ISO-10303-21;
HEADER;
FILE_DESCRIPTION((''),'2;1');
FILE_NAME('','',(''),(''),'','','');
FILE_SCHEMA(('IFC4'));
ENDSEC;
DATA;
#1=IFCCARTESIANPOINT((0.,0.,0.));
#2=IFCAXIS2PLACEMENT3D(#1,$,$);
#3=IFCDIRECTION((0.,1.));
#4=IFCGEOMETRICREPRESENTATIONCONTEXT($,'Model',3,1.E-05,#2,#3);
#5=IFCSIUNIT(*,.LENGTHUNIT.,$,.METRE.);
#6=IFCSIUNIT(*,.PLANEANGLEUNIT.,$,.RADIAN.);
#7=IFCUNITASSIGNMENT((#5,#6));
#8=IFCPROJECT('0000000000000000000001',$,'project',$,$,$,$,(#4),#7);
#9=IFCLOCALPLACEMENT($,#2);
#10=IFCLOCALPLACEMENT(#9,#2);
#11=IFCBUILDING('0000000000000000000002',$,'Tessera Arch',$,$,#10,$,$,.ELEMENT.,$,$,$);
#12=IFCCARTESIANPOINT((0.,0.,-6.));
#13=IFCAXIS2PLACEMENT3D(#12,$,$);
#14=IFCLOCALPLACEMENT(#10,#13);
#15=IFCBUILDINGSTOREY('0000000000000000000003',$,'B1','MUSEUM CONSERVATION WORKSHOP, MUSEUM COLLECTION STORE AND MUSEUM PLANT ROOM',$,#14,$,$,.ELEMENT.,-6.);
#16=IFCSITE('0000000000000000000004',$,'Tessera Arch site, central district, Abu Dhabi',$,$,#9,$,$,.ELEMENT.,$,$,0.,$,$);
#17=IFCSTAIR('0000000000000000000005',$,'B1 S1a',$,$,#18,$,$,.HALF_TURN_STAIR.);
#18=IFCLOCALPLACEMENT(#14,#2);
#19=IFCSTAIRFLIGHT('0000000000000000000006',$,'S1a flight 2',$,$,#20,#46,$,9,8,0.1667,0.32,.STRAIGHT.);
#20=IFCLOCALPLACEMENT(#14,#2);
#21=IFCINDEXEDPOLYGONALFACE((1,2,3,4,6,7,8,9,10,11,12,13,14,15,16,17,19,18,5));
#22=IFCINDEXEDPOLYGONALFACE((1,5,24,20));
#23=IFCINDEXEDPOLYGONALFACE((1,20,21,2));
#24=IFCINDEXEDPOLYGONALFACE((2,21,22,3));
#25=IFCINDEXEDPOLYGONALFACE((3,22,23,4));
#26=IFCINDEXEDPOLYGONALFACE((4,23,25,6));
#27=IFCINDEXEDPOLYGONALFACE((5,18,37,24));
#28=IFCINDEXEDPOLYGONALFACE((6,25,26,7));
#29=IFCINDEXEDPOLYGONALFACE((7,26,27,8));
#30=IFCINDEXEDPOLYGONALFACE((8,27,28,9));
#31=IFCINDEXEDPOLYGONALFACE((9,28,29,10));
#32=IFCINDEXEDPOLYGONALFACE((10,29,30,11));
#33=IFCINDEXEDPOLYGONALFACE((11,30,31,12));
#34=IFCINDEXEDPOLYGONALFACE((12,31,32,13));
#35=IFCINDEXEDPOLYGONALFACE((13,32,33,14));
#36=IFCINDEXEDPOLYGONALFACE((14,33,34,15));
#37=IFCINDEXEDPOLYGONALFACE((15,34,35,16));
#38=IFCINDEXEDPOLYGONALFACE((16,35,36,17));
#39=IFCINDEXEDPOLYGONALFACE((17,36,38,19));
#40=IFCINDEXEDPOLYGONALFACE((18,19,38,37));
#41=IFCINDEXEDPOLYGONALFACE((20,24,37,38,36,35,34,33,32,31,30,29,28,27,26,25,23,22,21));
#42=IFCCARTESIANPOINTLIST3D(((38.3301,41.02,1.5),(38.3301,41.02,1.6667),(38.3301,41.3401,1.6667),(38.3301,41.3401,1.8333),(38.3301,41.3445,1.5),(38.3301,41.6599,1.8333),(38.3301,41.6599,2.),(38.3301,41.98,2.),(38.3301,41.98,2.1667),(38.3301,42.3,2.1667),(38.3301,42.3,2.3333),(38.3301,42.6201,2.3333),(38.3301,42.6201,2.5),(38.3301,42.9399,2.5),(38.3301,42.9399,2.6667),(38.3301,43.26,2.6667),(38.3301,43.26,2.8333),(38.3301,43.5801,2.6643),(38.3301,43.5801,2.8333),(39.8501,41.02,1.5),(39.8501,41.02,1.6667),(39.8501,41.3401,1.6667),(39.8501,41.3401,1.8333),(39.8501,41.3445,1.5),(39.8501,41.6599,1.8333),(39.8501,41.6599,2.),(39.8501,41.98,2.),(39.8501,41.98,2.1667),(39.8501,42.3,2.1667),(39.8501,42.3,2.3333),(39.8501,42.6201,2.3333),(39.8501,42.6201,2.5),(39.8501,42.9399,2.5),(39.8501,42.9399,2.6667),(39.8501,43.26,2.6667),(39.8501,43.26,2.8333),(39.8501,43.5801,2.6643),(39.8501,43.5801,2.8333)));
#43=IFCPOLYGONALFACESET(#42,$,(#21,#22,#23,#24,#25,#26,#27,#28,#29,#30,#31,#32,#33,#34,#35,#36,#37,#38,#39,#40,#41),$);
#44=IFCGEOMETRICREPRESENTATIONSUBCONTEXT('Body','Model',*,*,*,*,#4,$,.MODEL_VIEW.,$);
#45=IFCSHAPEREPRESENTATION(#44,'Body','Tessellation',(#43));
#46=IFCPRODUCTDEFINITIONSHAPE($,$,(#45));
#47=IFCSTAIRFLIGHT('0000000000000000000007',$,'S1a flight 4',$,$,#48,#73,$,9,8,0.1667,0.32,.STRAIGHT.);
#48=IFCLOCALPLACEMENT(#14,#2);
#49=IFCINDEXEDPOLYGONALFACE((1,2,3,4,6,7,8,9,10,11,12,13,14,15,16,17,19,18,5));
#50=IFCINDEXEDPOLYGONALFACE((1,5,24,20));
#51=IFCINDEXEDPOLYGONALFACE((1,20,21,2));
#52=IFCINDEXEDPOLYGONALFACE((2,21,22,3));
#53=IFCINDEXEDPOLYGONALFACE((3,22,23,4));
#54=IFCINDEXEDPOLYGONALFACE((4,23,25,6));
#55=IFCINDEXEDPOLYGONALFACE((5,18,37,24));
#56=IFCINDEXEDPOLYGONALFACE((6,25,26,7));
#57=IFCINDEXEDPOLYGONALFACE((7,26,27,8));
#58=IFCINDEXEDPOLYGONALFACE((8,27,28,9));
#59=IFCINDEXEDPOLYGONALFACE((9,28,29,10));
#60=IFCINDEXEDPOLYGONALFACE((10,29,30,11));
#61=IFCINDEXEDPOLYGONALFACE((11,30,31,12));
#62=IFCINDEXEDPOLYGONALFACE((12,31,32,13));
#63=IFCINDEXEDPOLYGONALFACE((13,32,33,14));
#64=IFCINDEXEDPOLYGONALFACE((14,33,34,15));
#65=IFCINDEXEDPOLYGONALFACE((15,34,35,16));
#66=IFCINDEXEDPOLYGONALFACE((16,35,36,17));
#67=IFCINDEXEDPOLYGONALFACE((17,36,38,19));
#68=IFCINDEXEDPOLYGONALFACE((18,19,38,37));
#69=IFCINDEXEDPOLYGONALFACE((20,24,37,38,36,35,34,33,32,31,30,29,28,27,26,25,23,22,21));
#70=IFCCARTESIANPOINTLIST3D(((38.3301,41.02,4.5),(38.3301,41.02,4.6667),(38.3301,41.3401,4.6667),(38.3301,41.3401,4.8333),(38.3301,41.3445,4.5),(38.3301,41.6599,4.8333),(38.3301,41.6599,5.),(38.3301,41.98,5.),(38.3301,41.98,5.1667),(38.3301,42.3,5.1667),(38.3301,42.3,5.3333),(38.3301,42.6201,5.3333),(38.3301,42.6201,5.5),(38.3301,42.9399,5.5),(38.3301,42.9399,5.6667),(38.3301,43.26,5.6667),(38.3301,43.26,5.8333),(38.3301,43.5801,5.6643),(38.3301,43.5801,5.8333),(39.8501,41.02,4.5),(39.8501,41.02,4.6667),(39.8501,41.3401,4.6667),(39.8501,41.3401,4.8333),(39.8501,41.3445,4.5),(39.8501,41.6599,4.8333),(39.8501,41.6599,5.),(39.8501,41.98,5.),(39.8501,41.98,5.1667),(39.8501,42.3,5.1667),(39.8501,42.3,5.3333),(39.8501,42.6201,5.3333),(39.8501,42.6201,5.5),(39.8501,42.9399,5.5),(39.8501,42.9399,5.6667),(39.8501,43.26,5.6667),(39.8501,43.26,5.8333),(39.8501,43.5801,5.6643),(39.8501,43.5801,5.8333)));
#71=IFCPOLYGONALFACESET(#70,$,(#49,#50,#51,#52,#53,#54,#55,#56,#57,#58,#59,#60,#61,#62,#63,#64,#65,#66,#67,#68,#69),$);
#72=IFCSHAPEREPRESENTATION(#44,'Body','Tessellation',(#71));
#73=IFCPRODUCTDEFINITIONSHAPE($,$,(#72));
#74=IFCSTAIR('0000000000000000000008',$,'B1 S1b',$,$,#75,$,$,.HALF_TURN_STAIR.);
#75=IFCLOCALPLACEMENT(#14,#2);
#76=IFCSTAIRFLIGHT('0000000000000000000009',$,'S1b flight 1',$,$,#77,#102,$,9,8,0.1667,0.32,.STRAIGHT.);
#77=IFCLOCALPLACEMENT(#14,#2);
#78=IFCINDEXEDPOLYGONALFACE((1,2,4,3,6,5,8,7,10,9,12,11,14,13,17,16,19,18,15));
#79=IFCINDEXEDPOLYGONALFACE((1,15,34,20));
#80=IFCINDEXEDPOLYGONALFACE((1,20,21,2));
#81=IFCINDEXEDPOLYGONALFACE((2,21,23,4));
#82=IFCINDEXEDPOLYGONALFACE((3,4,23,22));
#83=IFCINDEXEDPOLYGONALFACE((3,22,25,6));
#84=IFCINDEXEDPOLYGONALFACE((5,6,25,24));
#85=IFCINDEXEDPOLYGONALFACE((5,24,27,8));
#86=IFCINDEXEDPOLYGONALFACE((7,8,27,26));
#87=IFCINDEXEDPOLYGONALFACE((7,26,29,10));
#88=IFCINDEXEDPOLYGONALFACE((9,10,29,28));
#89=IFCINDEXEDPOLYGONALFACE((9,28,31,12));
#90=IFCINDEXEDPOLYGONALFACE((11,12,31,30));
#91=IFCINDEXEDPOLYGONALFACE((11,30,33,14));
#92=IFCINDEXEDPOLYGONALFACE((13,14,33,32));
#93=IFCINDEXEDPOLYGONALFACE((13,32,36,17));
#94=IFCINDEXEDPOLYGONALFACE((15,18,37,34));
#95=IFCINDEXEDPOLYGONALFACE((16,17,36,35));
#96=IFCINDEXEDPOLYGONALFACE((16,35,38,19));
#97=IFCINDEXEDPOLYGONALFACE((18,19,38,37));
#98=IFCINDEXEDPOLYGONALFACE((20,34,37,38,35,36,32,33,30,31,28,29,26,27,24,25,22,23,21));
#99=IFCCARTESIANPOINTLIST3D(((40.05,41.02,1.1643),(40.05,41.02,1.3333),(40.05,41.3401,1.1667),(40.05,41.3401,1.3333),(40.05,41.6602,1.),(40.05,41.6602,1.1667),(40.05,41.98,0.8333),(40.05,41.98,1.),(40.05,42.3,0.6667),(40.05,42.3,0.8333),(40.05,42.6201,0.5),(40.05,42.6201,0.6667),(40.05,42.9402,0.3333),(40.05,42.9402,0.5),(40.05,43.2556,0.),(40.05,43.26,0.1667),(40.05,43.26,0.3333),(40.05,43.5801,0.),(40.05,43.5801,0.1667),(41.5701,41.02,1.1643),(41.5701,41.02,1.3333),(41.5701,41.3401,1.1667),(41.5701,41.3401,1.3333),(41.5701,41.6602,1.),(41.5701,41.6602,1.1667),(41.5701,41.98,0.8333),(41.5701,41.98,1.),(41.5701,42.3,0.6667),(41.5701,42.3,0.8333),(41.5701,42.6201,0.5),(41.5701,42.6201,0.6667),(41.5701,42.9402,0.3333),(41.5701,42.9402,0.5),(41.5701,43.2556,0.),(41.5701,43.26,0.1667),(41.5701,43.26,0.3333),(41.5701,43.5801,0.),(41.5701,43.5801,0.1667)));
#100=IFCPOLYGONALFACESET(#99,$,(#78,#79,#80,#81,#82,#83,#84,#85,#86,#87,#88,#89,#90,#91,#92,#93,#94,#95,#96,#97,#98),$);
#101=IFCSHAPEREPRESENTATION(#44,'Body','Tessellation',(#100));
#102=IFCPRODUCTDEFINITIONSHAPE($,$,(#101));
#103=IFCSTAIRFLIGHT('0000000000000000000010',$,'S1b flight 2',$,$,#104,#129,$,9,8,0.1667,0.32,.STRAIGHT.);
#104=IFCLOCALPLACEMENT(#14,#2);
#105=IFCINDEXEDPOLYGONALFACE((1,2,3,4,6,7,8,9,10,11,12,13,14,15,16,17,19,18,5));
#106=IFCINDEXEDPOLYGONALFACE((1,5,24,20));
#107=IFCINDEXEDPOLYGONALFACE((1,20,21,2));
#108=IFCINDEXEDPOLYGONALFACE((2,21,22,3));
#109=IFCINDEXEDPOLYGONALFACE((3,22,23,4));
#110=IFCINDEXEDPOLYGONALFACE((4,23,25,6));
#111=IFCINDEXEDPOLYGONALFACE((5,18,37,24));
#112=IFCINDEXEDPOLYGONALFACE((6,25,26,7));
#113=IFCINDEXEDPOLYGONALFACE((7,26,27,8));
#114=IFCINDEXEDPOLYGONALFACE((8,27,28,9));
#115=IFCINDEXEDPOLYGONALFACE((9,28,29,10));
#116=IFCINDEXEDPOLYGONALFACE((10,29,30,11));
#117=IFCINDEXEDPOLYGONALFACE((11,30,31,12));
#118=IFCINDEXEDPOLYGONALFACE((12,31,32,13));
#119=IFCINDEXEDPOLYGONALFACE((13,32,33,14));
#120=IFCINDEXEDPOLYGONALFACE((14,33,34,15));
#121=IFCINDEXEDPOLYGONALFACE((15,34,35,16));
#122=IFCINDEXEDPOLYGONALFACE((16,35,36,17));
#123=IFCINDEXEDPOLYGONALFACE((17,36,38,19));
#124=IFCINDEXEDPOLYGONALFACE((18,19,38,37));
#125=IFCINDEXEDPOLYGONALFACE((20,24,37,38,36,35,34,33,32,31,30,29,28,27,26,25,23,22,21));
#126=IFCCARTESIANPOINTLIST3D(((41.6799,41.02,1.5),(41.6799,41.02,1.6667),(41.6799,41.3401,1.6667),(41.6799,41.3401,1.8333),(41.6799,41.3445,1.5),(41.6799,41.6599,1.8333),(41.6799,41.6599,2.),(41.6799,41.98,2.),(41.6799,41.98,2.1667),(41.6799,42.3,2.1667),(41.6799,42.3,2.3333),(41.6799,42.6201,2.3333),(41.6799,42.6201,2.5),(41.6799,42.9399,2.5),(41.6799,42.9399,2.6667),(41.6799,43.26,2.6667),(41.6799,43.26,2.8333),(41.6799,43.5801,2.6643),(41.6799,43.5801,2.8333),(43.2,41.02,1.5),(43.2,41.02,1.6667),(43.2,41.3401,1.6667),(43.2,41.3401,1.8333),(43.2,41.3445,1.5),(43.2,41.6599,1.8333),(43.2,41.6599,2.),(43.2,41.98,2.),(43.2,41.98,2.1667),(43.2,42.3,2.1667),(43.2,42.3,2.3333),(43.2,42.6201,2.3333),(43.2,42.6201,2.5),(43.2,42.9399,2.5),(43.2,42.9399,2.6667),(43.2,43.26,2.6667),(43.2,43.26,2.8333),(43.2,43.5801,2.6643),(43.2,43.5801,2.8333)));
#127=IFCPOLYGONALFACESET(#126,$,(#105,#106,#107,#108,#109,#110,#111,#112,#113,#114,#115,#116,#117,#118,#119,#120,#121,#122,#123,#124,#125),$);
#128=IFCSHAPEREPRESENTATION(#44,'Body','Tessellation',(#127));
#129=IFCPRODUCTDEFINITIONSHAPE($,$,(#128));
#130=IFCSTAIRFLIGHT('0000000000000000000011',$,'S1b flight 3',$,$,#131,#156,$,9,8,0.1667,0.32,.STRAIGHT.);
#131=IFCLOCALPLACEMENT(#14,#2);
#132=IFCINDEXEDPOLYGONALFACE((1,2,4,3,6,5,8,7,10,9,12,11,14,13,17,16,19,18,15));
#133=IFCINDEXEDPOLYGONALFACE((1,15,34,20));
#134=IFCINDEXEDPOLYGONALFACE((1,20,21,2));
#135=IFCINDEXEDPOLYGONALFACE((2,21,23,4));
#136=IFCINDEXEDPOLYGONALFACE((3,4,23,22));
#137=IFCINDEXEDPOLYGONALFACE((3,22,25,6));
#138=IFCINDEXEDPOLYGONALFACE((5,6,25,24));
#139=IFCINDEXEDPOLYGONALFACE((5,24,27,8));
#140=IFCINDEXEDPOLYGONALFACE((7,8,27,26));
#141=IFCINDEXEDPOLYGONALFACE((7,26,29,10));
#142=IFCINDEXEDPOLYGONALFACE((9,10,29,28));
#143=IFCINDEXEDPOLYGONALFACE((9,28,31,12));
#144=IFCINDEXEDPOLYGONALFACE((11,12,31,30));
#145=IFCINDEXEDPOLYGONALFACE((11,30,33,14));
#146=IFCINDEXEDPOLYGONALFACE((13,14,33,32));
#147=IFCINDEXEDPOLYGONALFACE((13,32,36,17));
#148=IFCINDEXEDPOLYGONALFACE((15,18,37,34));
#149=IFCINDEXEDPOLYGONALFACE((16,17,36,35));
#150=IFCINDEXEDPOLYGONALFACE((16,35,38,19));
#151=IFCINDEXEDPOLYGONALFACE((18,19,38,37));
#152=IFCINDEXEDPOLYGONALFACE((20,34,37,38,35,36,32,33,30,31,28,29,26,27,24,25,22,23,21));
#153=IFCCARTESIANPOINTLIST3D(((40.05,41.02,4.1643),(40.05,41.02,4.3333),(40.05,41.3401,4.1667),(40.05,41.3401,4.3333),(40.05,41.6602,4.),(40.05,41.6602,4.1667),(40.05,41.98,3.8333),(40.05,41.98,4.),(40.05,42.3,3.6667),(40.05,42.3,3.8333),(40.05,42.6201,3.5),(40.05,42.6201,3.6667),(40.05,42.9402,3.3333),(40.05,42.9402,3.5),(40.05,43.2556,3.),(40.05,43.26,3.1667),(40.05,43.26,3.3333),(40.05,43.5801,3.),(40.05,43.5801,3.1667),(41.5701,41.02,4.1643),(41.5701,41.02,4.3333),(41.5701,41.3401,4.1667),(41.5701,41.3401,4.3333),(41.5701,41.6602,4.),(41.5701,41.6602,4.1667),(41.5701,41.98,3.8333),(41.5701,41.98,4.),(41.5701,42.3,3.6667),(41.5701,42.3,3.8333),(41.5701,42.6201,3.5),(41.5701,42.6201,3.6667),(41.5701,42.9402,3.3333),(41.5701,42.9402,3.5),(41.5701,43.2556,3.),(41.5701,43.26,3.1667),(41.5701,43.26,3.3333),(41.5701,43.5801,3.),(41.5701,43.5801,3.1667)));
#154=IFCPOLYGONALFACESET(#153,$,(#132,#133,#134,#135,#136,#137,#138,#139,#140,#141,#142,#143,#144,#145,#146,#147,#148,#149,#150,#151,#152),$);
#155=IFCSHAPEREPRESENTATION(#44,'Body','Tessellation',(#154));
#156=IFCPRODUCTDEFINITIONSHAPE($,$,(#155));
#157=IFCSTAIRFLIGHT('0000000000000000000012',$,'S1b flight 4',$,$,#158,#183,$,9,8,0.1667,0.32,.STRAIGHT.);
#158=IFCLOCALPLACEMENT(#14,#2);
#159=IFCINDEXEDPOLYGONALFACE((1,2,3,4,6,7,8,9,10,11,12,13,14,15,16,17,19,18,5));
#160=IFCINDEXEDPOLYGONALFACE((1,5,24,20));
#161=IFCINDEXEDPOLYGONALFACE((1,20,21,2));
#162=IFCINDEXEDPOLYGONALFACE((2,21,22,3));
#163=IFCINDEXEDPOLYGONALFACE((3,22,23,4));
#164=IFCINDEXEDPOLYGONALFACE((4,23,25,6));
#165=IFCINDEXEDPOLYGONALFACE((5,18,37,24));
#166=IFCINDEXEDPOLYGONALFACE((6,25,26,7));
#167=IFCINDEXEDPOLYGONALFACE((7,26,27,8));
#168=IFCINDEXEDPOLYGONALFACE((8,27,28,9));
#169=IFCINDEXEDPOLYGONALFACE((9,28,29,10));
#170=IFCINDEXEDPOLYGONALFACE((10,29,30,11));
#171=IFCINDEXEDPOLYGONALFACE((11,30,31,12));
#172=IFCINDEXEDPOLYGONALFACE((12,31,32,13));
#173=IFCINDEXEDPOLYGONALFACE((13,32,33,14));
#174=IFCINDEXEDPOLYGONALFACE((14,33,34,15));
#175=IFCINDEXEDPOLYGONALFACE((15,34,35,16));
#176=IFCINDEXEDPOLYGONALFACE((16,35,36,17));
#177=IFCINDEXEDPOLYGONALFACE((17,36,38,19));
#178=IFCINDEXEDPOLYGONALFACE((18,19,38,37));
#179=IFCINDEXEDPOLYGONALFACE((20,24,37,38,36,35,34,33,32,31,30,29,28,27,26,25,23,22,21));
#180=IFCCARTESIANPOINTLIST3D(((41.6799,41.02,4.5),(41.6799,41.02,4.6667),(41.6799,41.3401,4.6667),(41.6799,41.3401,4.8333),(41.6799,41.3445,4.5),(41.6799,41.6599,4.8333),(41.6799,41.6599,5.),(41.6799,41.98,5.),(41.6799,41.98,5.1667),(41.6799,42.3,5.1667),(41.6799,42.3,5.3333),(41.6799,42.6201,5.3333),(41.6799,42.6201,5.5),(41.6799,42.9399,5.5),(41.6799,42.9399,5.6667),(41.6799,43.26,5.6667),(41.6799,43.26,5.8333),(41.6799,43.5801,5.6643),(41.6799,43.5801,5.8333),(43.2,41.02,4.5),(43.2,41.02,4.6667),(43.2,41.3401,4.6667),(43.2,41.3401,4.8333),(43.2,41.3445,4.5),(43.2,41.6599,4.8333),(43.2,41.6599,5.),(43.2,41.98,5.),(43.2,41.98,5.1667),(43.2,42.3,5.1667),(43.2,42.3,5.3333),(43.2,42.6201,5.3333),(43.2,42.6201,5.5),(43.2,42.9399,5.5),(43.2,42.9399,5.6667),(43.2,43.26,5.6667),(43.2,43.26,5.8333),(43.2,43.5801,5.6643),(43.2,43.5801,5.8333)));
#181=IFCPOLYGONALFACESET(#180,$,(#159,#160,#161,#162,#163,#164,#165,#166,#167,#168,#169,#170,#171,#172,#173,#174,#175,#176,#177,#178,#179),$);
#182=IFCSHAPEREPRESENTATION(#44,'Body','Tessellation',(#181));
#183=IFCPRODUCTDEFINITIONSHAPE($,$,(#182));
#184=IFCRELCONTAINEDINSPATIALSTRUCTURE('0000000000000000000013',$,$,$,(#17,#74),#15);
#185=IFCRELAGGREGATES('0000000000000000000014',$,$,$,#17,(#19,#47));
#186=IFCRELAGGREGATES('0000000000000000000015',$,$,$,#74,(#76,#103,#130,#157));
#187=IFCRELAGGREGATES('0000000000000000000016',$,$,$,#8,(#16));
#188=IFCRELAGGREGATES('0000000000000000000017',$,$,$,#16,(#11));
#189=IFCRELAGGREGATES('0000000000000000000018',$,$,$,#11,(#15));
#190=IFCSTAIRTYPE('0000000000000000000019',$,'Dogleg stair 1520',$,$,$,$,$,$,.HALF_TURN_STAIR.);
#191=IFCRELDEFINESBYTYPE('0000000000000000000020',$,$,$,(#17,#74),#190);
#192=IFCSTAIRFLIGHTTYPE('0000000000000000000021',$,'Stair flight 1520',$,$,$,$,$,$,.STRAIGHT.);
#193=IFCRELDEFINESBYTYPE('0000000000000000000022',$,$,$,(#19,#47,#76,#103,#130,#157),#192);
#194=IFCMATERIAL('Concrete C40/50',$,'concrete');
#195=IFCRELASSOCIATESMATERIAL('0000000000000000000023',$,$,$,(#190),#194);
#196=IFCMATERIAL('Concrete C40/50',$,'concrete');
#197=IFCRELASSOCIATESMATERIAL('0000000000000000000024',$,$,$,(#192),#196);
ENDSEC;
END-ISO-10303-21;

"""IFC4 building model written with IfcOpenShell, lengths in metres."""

from ifc_helpers import new_model, si_unit, direction, frame, origin, place, context, subcontext, project, spatial, polyline, outline, extrude, material, type_object, element, aggregate, save


model = new_model("IFC4")

# Units and contexts
model_context = context("Model", 3, precision=1e-05, world=origin(), true_north=direction((0.0, 1.0)))
body_context = subcontext(model_context, "Body", "Model", "MODEL_VIEW")
ifc_project = project(units=[si_unit("LENGTHUNIT", "METRE"), si_unit("PLANEANGLEUNIT", "RADIAN")], contexts=[model_context])

# Site, building, storey
site_placement = place(None, origin())
site = spatial("IfcSite", under=ifc_project, at=site_placement, Name="Tessera Arch site, central district, Abu Dhabi", CompositionType="ELEMENT", RefElevation=0.0)
building_placement = place(site_placement, origin())
building = spatial("IfcBuilding", under=site, at=building_placement, Name="Tessera Arch", CompositionType="ELEMENT")
storey_placement = place(building_placement, frame((0.0, 0.0, -6.0)))
storey = spatial("IfcBuildingStorey", under=building, at=storey_placement, Name="B1", Description="MUSEUM CONSERVATION WORKSHOP, MUSEUM COLLECTION STORE AND MUSEUM PLANT ROOM", CompositionType="ELEMENT", Elevation=-6.0)

# Stairs, stair flights
ifc_material_1 = material(Name="Concrete C40/50", Category="concrete")
stair_type = type_object("IfcStairType", Name="Dogleg stair 1520", PredefinedType="HALF_TURN_STAIR", material=ifc_material_1)
stair_1_placement = place(storey_placement, origin())
stair_1 = element("IfcStair", 1, at=stair_1_placement, inside=storey, type_object=stair_type, Name="B1 S1a", PredefinedType="HALF_TURN_STAIR")
ifc_material_2 = material(Name="Concrete C40/50", Category="concrete")
stair_flight_type = type_object("IfcStairFlightType", Name="Stair flight 1520", PredefinedType="STRAIGHT", material=ifc_material_2)
stair_flight_1_placement = place(storey_placement, frame((39.0901, 41.02, 1.5), z_axis=(0.0, 0.0, 1.0), x_axis=(0.0, 1.0, 0.0)))
stair_flight_1 = element("IfcStairFlight", 2, at=stair_flight_1_placement, type_object=stair_flight_type, Name="S1a flight 2", NumberOfRisers=9, NumberOfTreads=8, PredefinedType="STRAIGHT", RiserHeight=0.1667, TreadLength=0.32, context=body_context, shape_type="SweptSolid", body=[
    extrude(outline(polyline([(0.0, 0.0), (0.0, 0.1667), (0.3201, 0.1667), (0.3201, 0.3333), (0.6399, 0.3333), (0.6399, 0.5), (0.96, 0.5), (0.96, 0.6667), (1.28, 0.6667), (1.28, 0.8333), (1.6001, 0.8333), (1.6001, 1.0), (1.9199, 1.0), (1.9199, 1.1667), (2.24, 1.1667), (2.24, 1.3333), (2.5601, 1.3333), (2.5601, 1.5), (2.5601, 1.1643), (0.3245, 0.0), (0.0, 0.0)])), frame((0.0, 0.76, 0.0), z_axis=(0.0, -1.0, 0.0), x_axis=(1.0, 0.0, 0.0)), (0.0, 0.0, 1.0), 1.52),
])
stair_flight_2_placement = place(storey_placement, frame((39.0901, 41.02, 4.5), z_axis=(0.0, 0.0, 1.0), x_axis=(0.0, 1.0, 0.0)))
stair_flight_2 = element("IfcStairFlight", 3, at=stair_flight_2_placement, type_object=stair_flight_type, Name="S1a flight 4", NumberOfRisers=9, NumberOfTreads=8, PredefinedType="STRAIGHT", RiserHeight=0.1667, TreadLength=0.32, context=body_context, shape_type="SweptSolid", body=[
    extrude(outline(polyline([(0.0, 0.0), (0.0, 0.1667), (0.3201, 0.1667), (0.3201, 0.3333), (0.6399, 0.3333), (0.6399, 0.5), (0.96, 0.5), (0.96, 0.6667), (1.28, 0.6667), (1.28, 0.8333), (1.6001, 0.8333), (1.6001, 1.0), (1.9199, 1.0), (1.9199, 1.1667), (2.24, 1.1667), (2.24, 1.3333), (2.5601, 1.3333), (2.5601, 1.5), (2.5601, 1.1643), (0.3245, 0.0), (0.0, 0.0)])), frame((0.0, 0.76, 0.0), z_axis=(0.0, -1.0, 0.0), x_axis=(1.0, 0.0, 0.0)), (0.0, 0.0, 1.0), 1.52),
])
aggregate(stair_1, [stair_flight_1, stair_flight_2])
stair_2_placement = place(storey_placement, origin())
stair_2 = element("IfcStair", 4, at=stair_2_placement, inside=storey, type_object=stair_type, Name="B1 S1b", PredefinedType="HALF_TURN_STAIR")
stair_flight_3_placement = place(storey_placement, frame((40.8101, 43.5801, 0.0), z_axis=(0.0, 0.0, 1.0), x_axis=(0.0, -1.0, 0.0)))
stair_flight_3 = element("IfcStairFlight", 5, at=stair_flight_3_placement, type_object=stair_flight_type, Name="S1b flight 1", NumberOfRisers=9, NumberOfTreads=8, PredefinedType="STRAIGHT", RiserHeight=0.1667, TreadLength=0.32, context=body_context, shape_type="SweptSolid", body=[
    extrude(outline(polyline([(0.0, 0.0), (0.0, 0.1667), (0.3201, 0.1667), (0.3201, 0.3333), (0.6399, 0.3333), (0.6399, 0.5), (0.96, 0.5), (0.96, 0.6667), (1.28, 0.6667), (1.28, 0.8333), (1.6001, 0.8333), (1.6001, 1.0), (1.9199, 1.0), (1.9199, 1.1667), (2.24, 1.1667), (2.24, 1.3333), (2.5601, 1.3333), (2.5601, 1.5), (2.5601, 1.1643), (0.3245, 0.0), (0.0, 0.0)])), frame((0.0, 0.76, 0.0), z_axis=(0.0, -1.0, 0.0), x_axis=(1.0, 0.0, 0.0)), (0.0, 0.0, 1.0), 1.52),
])
stair_flight_4_placement = place(storey_placement, frame((42.4399, 41.02, 1.5), z_axis=(0.0, 0.0, 1.0), x_axis=(0.0, 1.0, 0.0)))
stair_flight_4 = element("IfcStairFlight", 6, at=stair_flight_4_placement, type_object=stair_flight_type, Name="S1b flight 2", NumberOfRisers=9, NumberOfTreads=8, PredefinedType="STRAIGHT", RiserHeight=0.1667, TreadLength=0.32, context=body_context, shape_type="SweptSolid", body=[
    extrude(outline(polyline([(0.0, 0.0), (0.0, 0.1667), (0.3201, 0.1667), (0.3201, 0.3333), (0.6399, 0.3333), (0.6399, 0.5), (0.96, 0.5), (0.96, 0.6667), (1.28, 0.6667), (1.28, 0.8333), (1.6001, 0.8333), (1.6001, 1.0), (1.9199, 1.0), (1.9199, 1.1667), (2.24, 1.1667), (2.24, 1.3333), (2.5601, 1.3333), (2.5601, 1.5), (2.5601, 1.1643), (0.3245, 0.0), (0.0, 0.0)])), frame((0.0, 0.76, 0.0), z_axis=(0.0, -1.0, 0.0), x_axis=(1.0, 0.0, 0.0)), (0.0, 0.0, 1.0), 1.52),
])
stair_flight_5_placement = place(storey_placement, frame((40.8101, 43.5801, 3.0), z_axis=(0.0, 0.0, 1.0), x_axis=(0.0, -1.0, 0.0)))
stair_flight_5 = element("IfcStairFlight", 7, at=stair_flight_5_placement, type_object=stair_flight_type, Name="S1b flight 3", NumberOfRisers=9, NumberOfTreads=8, PredefinedType="STRAIGHT", RiserHeight=0.1667, TreadLength=0.32, context=body_context, shape_type="SweptSolid", body=[
    extrude(outline(polyline([(0.0, 0.0), (0.0, 0.1667), (0.3201, 0.1667), (0.3201, 0.3333), (0.6399, 0.3333), (0.6399, 0.5), (0.96, 0.5), (0.96, 0.6667), (1.28, 0.6667), (1.28, 0.8333), (1.6001, 0.8333), (1.6001, 1.0), (1.9199, 1.0), (1.9199, 1.1667), (2.24, 1.1667), (2.24, 1.3333), (2.5601, 1.3333), (2.5601, 1.5), (2.5601, 1.1643), (0.3245, 0.0), (0.0, 0.0)])), frame((0.0, 0.76, 0.0), z_axis=(0.0, -1.0, 0.0), x_axis=(1.0, 0.0, 0.0)), (0.0, 0.0, 1.0), 1.52),
])
stair_flight_6_placement = place(storey_placement, frame((42.4399, 41.02, 4.5), z_axis=(0.0, 0.0, 1.0), x_axis=(0.0, 1.0, 0.0)))
stair_flight_6 = element("IfcStairFlight", 8, at=stair_flight_6_placement, type_object=stair_flight_type, Name="S1b flight 4", NumberOfRisers=9, NumberOfTreads=8, PredefinedType="STRAIGHT", RiserHeight=0.1667, TreadLength=0.32, context=body_context, shape_type="SweptSolid", body=[
    extrude(outline(polyline([(0.0, 0.0), (0.0, 0.1667), (0.3201, 0.1667), (0.3201, 0.3333), (0.6399, 0.3333), (0.6399, 0.5), (0.96, 0.5), (0.96, 0.6667), (1.28, 0.6667), (1.28, 0.8333), (1.6001, 0.8333), (1.6001, 1.0), (1.9199, 1.0), (1.9199, 1.1667), (2.24, 1.1667), (2.24, 1.3333), (2.5601, 1.3333), (2.5601, 1.5), (2.5601, 1.1643), (0.3245, 0.0), (0.0, 0.0)])), frame((0.0, 0.76, 0.0), z_axis=(0.0, -1.0, 0.0), x_axis=(1.0, 0.0, 0.0)), (0.0, 0.0, 1.0), 1.52),
])
aggregate(stair_2, [stair_flight_3, stair_flight_4, stair_flight_5, stair_flight_6])

save(model, "model.ifc")
